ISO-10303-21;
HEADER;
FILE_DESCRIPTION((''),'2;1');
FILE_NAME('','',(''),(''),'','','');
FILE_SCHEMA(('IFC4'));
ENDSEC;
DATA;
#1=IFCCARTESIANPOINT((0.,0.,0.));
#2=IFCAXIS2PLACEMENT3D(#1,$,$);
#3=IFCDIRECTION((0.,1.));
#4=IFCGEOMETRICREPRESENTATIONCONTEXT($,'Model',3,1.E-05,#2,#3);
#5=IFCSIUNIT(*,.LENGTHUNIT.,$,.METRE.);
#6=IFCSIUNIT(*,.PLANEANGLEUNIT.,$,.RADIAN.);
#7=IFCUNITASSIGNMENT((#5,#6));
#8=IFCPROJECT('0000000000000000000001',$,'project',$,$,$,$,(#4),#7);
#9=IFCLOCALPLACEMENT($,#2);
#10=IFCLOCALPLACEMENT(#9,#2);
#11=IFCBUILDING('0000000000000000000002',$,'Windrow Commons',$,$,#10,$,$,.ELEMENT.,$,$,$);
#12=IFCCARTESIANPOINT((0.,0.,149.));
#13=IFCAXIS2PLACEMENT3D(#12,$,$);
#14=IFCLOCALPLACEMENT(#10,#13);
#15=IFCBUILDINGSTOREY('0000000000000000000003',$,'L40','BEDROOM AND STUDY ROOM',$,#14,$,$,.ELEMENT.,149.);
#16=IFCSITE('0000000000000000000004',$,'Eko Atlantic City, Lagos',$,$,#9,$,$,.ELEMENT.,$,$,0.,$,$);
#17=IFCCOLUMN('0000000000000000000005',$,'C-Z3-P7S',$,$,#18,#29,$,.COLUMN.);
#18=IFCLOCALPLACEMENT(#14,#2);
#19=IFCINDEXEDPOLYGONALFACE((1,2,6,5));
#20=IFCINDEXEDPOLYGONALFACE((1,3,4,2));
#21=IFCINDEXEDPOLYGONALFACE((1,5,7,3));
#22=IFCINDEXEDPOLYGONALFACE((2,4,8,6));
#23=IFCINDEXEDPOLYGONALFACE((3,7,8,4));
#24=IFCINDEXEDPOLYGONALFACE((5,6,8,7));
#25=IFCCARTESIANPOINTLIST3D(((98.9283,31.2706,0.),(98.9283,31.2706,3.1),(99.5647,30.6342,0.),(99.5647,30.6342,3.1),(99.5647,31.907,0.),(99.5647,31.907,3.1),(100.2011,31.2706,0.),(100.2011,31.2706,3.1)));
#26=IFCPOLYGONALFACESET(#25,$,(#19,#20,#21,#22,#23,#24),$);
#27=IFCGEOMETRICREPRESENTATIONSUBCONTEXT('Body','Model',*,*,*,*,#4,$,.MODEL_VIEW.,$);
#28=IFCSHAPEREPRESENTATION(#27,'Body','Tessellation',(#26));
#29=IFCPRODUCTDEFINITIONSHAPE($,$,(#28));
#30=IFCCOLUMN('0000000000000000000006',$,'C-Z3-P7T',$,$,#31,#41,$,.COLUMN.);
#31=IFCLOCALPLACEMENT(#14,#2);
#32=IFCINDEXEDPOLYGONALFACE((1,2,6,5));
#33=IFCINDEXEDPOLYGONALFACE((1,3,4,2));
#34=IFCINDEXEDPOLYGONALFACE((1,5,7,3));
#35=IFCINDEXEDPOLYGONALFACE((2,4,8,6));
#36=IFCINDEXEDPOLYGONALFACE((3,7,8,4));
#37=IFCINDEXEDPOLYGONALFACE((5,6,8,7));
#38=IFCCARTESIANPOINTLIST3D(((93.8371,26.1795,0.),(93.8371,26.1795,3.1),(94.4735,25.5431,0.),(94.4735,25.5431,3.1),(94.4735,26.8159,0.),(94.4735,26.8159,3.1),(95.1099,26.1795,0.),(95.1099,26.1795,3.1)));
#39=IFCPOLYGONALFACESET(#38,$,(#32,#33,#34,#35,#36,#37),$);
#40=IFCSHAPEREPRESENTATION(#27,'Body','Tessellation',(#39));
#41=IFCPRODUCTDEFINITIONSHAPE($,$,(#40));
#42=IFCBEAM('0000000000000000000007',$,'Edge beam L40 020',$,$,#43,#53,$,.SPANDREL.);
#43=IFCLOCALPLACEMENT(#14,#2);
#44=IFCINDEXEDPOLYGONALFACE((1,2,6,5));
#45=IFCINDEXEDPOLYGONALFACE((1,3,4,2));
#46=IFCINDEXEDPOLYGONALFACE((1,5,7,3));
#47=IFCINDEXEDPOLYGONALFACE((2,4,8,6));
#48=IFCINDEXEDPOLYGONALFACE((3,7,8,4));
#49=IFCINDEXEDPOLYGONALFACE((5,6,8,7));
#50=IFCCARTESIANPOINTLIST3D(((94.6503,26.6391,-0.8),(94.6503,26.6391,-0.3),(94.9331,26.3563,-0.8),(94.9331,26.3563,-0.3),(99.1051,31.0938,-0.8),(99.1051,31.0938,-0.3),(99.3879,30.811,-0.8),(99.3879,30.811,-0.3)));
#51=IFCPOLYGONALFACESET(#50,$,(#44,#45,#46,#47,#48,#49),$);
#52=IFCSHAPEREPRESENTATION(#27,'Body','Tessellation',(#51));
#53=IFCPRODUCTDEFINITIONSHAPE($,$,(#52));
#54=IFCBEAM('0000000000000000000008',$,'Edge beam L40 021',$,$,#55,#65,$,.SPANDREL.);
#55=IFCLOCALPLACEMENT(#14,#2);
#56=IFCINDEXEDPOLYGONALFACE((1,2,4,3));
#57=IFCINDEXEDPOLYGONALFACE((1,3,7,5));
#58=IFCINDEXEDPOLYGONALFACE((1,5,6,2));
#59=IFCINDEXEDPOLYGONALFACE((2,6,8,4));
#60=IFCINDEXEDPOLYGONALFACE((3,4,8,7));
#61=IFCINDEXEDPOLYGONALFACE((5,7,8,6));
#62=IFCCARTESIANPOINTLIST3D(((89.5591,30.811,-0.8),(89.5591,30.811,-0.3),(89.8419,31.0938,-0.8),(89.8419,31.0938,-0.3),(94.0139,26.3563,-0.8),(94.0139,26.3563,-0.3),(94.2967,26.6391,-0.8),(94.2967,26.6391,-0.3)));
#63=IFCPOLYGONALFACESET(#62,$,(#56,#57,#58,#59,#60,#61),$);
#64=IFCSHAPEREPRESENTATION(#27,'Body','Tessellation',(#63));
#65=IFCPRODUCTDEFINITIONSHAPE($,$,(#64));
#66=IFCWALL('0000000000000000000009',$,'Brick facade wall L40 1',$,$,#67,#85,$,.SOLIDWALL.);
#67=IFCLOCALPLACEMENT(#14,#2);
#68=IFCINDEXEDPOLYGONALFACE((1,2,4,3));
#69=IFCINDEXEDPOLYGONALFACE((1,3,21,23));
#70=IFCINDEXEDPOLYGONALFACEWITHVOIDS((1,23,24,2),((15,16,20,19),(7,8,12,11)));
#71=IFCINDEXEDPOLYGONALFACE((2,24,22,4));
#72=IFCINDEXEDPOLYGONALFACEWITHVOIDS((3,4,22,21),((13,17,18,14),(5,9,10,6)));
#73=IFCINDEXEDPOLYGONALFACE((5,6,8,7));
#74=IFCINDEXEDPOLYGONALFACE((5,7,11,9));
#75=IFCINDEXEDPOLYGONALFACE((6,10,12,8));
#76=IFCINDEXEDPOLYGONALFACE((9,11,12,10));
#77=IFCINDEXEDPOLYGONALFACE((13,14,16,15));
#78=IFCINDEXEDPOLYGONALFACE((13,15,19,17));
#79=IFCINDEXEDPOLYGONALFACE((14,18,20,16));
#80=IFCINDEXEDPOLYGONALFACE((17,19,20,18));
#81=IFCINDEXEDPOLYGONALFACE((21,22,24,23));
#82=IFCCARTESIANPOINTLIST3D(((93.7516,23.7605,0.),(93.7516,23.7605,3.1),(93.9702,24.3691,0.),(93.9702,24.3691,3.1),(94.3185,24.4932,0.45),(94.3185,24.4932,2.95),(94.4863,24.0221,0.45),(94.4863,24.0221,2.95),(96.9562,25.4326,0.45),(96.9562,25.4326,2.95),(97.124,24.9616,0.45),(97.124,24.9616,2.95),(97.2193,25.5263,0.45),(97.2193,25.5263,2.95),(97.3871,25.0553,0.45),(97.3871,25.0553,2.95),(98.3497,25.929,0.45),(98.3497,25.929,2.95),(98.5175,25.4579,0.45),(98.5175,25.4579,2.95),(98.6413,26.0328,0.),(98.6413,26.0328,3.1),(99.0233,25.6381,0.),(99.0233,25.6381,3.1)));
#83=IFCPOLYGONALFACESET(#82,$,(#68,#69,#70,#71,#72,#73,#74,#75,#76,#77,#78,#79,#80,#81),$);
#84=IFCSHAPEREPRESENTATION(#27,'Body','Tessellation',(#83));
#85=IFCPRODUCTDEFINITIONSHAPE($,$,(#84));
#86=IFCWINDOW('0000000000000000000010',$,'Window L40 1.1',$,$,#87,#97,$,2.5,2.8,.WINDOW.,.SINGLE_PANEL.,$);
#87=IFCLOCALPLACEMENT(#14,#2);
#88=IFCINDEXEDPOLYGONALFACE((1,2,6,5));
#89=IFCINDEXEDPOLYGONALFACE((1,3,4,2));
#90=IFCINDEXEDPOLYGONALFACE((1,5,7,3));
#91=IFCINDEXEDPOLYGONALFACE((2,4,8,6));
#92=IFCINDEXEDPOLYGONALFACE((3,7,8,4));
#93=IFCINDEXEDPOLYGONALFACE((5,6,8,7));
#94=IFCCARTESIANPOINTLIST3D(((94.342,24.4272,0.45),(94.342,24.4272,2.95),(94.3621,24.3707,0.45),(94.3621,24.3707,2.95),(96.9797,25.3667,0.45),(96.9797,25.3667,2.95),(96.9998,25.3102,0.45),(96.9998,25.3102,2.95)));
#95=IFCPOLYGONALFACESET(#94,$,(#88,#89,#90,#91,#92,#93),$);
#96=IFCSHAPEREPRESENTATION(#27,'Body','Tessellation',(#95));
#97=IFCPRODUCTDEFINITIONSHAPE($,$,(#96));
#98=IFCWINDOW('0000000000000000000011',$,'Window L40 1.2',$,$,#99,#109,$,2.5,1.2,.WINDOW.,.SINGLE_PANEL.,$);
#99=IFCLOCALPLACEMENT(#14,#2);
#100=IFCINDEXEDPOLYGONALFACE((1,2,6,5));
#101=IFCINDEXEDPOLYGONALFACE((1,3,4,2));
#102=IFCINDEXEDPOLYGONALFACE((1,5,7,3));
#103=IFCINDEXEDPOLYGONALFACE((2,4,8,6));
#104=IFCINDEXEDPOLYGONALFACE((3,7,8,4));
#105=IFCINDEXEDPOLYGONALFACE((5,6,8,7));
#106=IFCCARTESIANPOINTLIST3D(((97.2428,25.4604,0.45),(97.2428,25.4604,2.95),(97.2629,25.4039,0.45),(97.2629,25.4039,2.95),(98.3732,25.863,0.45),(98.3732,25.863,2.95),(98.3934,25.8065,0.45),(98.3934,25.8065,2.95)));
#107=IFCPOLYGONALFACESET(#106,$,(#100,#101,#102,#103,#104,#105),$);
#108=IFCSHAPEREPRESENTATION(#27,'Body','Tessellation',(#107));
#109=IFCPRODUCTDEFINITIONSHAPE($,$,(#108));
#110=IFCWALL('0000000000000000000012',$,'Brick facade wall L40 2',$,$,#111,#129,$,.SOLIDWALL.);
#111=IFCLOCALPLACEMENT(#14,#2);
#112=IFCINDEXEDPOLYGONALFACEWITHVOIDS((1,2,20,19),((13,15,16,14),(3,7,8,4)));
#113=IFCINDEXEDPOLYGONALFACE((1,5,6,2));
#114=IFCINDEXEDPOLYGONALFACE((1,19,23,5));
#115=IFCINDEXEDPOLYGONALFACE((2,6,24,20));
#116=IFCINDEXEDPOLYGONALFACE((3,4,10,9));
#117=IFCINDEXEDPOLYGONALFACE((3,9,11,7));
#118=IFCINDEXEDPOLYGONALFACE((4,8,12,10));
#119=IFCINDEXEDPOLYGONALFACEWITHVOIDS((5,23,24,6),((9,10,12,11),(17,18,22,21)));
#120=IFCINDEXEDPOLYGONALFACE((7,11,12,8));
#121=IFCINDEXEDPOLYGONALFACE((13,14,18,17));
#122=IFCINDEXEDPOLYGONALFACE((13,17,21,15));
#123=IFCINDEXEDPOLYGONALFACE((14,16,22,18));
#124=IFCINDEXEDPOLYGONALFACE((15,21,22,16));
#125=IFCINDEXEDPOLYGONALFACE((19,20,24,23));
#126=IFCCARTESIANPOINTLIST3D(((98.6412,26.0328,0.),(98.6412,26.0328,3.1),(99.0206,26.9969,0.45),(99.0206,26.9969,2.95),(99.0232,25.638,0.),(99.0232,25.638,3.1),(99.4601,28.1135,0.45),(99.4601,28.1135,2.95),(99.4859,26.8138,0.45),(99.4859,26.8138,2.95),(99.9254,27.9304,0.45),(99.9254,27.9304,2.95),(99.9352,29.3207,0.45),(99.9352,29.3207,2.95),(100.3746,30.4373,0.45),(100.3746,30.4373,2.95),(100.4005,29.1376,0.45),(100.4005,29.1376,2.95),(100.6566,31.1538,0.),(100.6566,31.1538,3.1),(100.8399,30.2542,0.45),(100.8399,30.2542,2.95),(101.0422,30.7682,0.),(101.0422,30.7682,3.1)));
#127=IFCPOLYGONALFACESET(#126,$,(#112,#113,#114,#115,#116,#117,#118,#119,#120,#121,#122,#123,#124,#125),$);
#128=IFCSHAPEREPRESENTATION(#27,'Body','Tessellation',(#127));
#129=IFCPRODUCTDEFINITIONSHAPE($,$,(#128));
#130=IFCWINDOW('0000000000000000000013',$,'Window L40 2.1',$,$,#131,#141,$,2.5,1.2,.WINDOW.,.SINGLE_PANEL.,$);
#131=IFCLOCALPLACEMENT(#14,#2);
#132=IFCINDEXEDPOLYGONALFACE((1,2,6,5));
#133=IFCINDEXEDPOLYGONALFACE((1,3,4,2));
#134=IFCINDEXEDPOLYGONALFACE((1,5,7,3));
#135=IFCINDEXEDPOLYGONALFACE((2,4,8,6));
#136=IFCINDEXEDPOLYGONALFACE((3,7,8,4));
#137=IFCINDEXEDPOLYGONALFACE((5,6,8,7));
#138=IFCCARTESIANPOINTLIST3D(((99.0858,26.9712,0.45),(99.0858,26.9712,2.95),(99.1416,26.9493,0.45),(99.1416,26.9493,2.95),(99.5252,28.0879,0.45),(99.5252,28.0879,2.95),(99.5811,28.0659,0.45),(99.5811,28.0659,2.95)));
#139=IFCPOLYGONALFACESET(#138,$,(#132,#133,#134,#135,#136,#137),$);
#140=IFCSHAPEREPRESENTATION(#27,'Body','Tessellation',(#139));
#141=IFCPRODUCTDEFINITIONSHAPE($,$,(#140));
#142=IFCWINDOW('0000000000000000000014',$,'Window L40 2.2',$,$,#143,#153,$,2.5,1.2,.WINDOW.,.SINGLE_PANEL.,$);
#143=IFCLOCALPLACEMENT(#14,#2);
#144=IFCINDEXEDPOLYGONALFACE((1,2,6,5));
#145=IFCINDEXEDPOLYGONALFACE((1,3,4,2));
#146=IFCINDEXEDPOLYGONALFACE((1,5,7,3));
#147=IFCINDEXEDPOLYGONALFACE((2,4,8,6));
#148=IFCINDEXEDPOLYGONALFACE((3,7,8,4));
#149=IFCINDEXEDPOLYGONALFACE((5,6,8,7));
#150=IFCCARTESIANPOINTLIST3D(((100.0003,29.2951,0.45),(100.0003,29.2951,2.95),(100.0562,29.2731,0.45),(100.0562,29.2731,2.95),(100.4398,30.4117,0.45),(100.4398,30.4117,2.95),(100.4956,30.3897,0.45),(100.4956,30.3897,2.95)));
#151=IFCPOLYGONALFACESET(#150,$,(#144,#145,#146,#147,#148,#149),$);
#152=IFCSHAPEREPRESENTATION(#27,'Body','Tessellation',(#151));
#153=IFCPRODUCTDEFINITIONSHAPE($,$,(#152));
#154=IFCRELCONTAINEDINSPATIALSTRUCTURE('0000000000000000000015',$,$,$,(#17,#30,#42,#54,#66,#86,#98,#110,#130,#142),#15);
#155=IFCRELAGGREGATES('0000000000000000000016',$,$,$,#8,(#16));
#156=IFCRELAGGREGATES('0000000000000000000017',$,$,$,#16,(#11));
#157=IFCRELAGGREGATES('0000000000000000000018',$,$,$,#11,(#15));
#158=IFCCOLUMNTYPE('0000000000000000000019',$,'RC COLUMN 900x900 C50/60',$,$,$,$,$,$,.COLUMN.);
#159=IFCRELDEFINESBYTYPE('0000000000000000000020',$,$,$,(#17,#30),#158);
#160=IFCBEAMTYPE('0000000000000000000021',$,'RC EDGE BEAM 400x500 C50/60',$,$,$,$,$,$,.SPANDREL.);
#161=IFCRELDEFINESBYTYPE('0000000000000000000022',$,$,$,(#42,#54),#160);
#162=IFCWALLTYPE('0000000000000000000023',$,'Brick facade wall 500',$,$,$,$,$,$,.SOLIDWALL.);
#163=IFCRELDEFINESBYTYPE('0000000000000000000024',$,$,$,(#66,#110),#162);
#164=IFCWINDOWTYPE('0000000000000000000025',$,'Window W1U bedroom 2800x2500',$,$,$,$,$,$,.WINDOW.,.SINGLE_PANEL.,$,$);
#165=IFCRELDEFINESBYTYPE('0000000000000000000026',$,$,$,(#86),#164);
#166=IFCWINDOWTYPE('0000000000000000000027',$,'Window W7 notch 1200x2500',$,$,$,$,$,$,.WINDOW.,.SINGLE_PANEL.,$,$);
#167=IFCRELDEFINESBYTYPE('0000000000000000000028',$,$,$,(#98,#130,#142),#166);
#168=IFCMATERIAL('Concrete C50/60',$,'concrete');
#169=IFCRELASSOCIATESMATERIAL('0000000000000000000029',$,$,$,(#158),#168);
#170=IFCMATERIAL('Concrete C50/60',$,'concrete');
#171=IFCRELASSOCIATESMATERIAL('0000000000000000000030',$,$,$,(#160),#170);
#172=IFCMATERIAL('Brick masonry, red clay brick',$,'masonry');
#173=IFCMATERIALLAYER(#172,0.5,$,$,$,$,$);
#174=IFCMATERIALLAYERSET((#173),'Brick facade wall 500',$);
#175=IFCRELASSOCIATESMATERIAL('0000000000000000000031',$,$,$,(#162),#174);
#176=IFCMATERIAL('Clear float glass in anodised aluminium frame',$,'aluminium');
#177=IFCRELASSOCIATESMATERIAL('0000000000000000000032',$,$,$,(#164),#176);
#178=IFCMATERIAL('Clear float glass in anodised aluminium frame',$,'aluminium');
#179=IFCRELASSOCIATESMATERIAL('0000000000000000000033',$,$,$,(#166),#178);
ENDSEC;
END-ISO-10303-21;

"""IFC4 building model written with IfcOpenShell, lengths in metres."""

from ifc_helpers import new_model, si_unit, direction, frame, frame_2d, origin, origin_2d, place, context, subcontext, project, spatial, polyline, rectangle, outline, extrude, material, layer, layer_set, material_profile, profile_set, type_object, element, fill, save


model = new_model("IFC4")

# Units and contexts
model_context = context("Model", 3, precision=1e-05, world=origin(), true_north=direction((0.0, 1.0)))
body_context = subcontext(model_context, "Body", "Model", "MODEL_VIEW")
ifc_project = project(units=[si_unit("LENGTHUNIT", "METRE"), si_unit("PLANEANGLEUNIT", "RADIAN")], contexts=[model_context])

# Site, building, storey
site_placement = place(None, origin())
site = spatial("IfcSite", under=ifc_project, at=site_placement, Name="Eko Atlantic City, Lagos", CompositionType="ELEMENT", RefElevation=0.0)
building_placement = place(site_placement, origin())
building = spatial("IfcBuilding", under=site, at=building_placement, Name="Windrow Commons", CompositionType="ELEMENT")
storey_placement = place(building_placement, frame((0.0, 0.0, 149.0)))
storey = spatial("IfcBuildingStorey", under=building, at=storey_placement, Name="L40", Description="BEDROOM AND STUDY ROOM", CompositionType="ELEMENT", Elevation=149.0)

# Columns
ifc_material_1 = material(Name="Concrete C50/60", Category="concrete")
ifc_material_profile_1 = material_profile(ifc_material_1, rectangle(XDim=0.9, YDim=0.9, at=origin_2d()))
ifc_profile_set_1 = profile_set([ifc_material_profile_1], Name="Concrete C50/60")
column_type = type_object("IfcColumnType", Name="RC COLUMN 900x900 C50/60", PredefinedType="COLUMN", material=ifc_profile_set_1)
for number, where, z_axis, x_axis, name in (
    (1, (99.5647, 31.2706, 0.0), (0.0, 0.0, 1.0), (0.707107, -0.707107, 0.0), "C-Z3-P7S"),
    (2, (94.4735, 26.1795, 0.0), (0.0, 0.0, 1.0), (0.707107, -0.707107, 0.0), "C-Z3-P7T"),
):
    element("IfcColumn", number, at=place(storey_placement, frame(where, z_axis=z_axis, x_axis=x_axis)), inside=storey, type_object=column_type, Name=name, PredefinedType="COLUMN", context=body_context, shape_type="SweptSolid", body=[
        extrude(rectangle(XDim=0.9, YDim=0.9, at=origin_2d()), origin(), (0.0, 0.0, 1.0), 3.1),
    ])

# Beams
ifc_material_2 = material(Name="Concrete C50/60", Category="concrete")
ifc_material_profile_2 = material_profile(ifc_material_2, rectangle(XDim=0.4, YDim=0.5, at=origin_2d()))
ifc_profile_set_2 = profile_set([ifc_material_profile_2], Name="Concrete C50/60")
beam_type = type_object("IfcBeamType", Name="RC EDGE BEAM 400x500 C50/60", PredefinedType="SPANDREL", material=ifc_profile_set_2)
for number, where, z_axis, x_axis, name in (
    (3, (99.2465, 30.9524, -0.55), (-0.707115, -0.707099, 0.0), (0.707099, -0.707115, 0.0), "Edge beam L40 020"),
    (4, (94.1553, 26.4977, -0.55), (-0.707115, 0.707099, 0.0), (-0.707099, -0.707115, 0.0), "Edge beam L40 021"),
):
    element("IfcBeam", number, at=place(storey_placement, frame(where, z_axis=z_axis, x_axis=x_axis)), inside=storey, type_object=beam_type, Name=name, PredefinedType="SPANDREL", context=body_context, shape_type="SweptSolid", body=[
        extrude(rectangle(XDim=0.4, YDim=0.5, at=origin_2d()), origin(), (0.0, 0.0, 1.0), 6.3),
    ])

# Walls, openings, windows
ifc_material_3 = material(Name="Brick masonry, red clay brick", Category="masonry")
ifc_layer_1 = layer(ifc_material_3, 0.5)
ifc_layer_set_1 = layer_set([ifc_layer_1], Name="Brick facade wall 500")
wall_type_1 = type_object("IfcWallType", Name="Brick facade wall 500", PredefinedType="SOLIDWALL", material=ifc_layer_set_1)
wall_1_placement = place(storey_placement, frame((93.8609, 24.0648, 0.0), z_axis=(0.0, 0.0, 1.0), x_axis=(0.942034, 0.335519, 0.0)))
wall_1 = element("IfcWall", 5, at=wall_1_placement, inside=storey, type_object=wall_type_1, Name="Brick facade wall L40 1", PredefinedType="SOLIDWALL", context=body_context, shape_type="SweptSolid", body=[
    extrude(outline(polyline([(-0.2051, -0.25), (5.391, -0.25), (5.1636, 0.25), (0.2051, 0.25), (-0.2051, -0.25)])), origin(), (0.0, 0.0, 1.0), 3.1),
])
opening_1_placement = place(wall_1_placement, frame((0.5748, 0.0, 0.45)))
opening_1 = element("IfcOpeningElement", 6, at=opening_1_placement, cuts=wall_1, PredefinedType="OPENING", context=body_context, shape_type="SweptSolid", body=[
    extrude(rectangle(XDim=2.8, YDim=2.5, at=frame_2d((1.4, 1.25))), frame((0.0, 0.26, 0.0), z_axis=(0.0, -1.0, 0.0), x_axis=(1.0, 0.0, 0.0)), (0.0, 0.0, 1.0), 0.52),
])
opening_2_placement = place(wall_1_placement, frame((3.6541, 0.0, 0.45)))
opening_2 = element("IfcOpeningElement", 7, at=opening_2_placement, cuts=wall_1, PredefinedType="OPENING", context=body_context, shape_type="SweptSolid", body=[
    extrude(rectangle(XDim=1.2, YDim=2.5, at=frame_2d((0.6, 1.25))), frame((0.0, 0.26, 0.0), z_axis=(0.0, -1.0, 0.0), x_axis=(1.0, 0.0, 0.0)), (0.0, 0.0, 1.0), 0.52),
])
ifc_material_4 = material(Name="Clear float glass in anodised aluminium frame", Category="aluminium")
window_type_1 = type_object("IfcWindowType", Name="Window W1U bedroom 2800x2500", PartitioningType="SINGLE_PANEL", PredefinedType="WINDOW", material=ifc_material_4)
window_1_placement = place(opening_1_placement, origin())
window_1 = element("IfcWindow", 8, at=window_1_placement, inside=storey, type_object=window_type_1, Name="Window L40 1.1", OverallHeight=2.5, OverallWidth=2.8, PartitioningType="SINGLE_PANEL", PredefinedType="WINDOW", context=body_context, shape_type="SweptSolid", body=[
    extrude(rectangle(XDim=2.8, YDim=2.5, at=frame_2d((1.4, 1.25))), frame((0.0, 0.18, 0.0), z_axis=(0.0, -1.0, 0.0), x_axis=(1.0, 0.0, 0.0)), (0.0, 0.0, 1.0), 0.06),
])
fill(opening_1, window_1)
ifc_material_5 = material(Name="Clear float glass in anodised aluminium frame", Category="aluminium")
window_type_2 = type_object("IfcWindowType", Name="Window W7 notch 1200x2500", PartitioningType="SINGLE_PANEL", PredefinedType="WINDOW", material=ifc_material_5)
window_2_placement = place(opening_2_placement, origin())
window_2 = element("IfcWindow", 9, at=window_2_placement, inside=storey, type_object=window_type_2, Name="Window L40 1.2", OverallHeight=2.5, OverallWidth=1.2, PartitioningType="SINGLE_PANEL", PredefinedType="WINDOW", context=body_context, shape_type="SweptSolid", body=[
    extrude(rectangle(XDim=1.2, YDim=2.5, at=frame_2d((0.6, 1.25))), frame((0.0, 0.18, 0.0), z_axis=(0.0, -1.0, 0.0), x_axis=(1.0, 0.0, 0.0)), (0.0, 0.0, 1.0), 0.06),
])
fill(opening_2, window_2)
wall_2_placement = place(storey_placement, frame((98.8322, 25.8354, 0.0), z_axis=(0.0, 0.0, 1.0), x_axis=(0.366214, 0.930531, 0.0)))
wall_2 = element("IfcWall", 10, at=wall_2_placement, inside=storey, type_object=wall_type_1, Name="Brick facade wall L40 2", PredefinedType="SOLIDWALL", context=body_context, shape_type="SweptSolid", body=[
    extrude(outline(polyline([(-0.1137, -0.25), (5.3995, -0.25), (5.6171, 0.25), (0.1137, 0.25), (-0.1137, -0.25)])), origin(), (0.0, 0.0, 1.0), 3.1),
])
opening_3_placement = place(wall_2_placement, frame((1.1498, 0.0, 0.45)))
opening_3 = element("IfcOpeningElement", 11, at=opening_3_placement, cuts=wall_2, PredefinedType="OPENING", context=body_context, shape_type="SweptSolid", body=[
    extrude(rectangle(XDim=1.2, YDim=2.5, at=frame_2d((0.6, 1.25))), frame((0.0, 0.26, 0.0), z_axis=(0.0, -1.0, 0.0), x_axis=(1.0, 0.0, 0.0)), (0.0, 0.0, 1.0), 0.52),
])
opening_4_placement = place(wall_2_placement, frame((3.6471, 0.0, 0.45)))
opening_4 = element("IfcOpeningElement", 12, at=opening_4_placement, cuts=wall_2, PredefinedType="OPENING", context=body_context, shape_type="SweptSolid", body=[
    extrude(rectangle(XDim=1.2, YDim=2.5, at=frame_2d((0.6, 1.25))), frame((0.0, 0.26, 0.0), z_axis=(0.0, -1.0, 0.0), x_axis=(1.0, 0.0, 0.0)), (0.0, 0.0, 1.0), 0.52),
])
window_3_placement = place(opening_3_placement, origin())
window_3 = element("IfcWindow", 13, at=window_3_placement, inside=storey, type_object=window_type_2, Name="Window L40 2.1", OverallHeight=2.5, OverallWidth=1.2, PartitioningType="SINGLE_PANEL", PredefinedType="WINDOW", context=body_context, shape_type="SweptSolid", body=[
    extrude(rectangle(XDim=1.2, YDim=2.5, at=frame_2d((0.6, 1.25))), frame((0.0, 0.18, 0.0), z_axis=(0.0, -1.0, 0.0), x_axis=(1.0, 0.0, 0.0)), (0.0, 0.0, 1.0), 0.06),
])
fill(opening_3, window_3)
window_4_placement = place(opening_4_placement, origin())
window_4 = element("IfcWindow", 14, at=window_4_placement, inside=storey, type_object=window_type_2, Name="Window L40 2.2", OverallHeight=2.5, OverallWidth=1.2, PartitioningType="SINGLE_PANEL", PredefinedType="WINDOW", context=body_context, shape_type="SweptSolid", body=[
    extrude(rectangle(XDim=1.2, YDim=2.5, at=frame_2d((0.6, 1.25))), frame((0.0, 0.18, 0.0), z_axis=(0.0, -1.0, 0.0), x_axis=(1.0, 0.0, 0.0)), (0.0, 0.0, 1.0), 0.06),
])
fill(opening_4, window_4)

save(model, "model.ifc")
